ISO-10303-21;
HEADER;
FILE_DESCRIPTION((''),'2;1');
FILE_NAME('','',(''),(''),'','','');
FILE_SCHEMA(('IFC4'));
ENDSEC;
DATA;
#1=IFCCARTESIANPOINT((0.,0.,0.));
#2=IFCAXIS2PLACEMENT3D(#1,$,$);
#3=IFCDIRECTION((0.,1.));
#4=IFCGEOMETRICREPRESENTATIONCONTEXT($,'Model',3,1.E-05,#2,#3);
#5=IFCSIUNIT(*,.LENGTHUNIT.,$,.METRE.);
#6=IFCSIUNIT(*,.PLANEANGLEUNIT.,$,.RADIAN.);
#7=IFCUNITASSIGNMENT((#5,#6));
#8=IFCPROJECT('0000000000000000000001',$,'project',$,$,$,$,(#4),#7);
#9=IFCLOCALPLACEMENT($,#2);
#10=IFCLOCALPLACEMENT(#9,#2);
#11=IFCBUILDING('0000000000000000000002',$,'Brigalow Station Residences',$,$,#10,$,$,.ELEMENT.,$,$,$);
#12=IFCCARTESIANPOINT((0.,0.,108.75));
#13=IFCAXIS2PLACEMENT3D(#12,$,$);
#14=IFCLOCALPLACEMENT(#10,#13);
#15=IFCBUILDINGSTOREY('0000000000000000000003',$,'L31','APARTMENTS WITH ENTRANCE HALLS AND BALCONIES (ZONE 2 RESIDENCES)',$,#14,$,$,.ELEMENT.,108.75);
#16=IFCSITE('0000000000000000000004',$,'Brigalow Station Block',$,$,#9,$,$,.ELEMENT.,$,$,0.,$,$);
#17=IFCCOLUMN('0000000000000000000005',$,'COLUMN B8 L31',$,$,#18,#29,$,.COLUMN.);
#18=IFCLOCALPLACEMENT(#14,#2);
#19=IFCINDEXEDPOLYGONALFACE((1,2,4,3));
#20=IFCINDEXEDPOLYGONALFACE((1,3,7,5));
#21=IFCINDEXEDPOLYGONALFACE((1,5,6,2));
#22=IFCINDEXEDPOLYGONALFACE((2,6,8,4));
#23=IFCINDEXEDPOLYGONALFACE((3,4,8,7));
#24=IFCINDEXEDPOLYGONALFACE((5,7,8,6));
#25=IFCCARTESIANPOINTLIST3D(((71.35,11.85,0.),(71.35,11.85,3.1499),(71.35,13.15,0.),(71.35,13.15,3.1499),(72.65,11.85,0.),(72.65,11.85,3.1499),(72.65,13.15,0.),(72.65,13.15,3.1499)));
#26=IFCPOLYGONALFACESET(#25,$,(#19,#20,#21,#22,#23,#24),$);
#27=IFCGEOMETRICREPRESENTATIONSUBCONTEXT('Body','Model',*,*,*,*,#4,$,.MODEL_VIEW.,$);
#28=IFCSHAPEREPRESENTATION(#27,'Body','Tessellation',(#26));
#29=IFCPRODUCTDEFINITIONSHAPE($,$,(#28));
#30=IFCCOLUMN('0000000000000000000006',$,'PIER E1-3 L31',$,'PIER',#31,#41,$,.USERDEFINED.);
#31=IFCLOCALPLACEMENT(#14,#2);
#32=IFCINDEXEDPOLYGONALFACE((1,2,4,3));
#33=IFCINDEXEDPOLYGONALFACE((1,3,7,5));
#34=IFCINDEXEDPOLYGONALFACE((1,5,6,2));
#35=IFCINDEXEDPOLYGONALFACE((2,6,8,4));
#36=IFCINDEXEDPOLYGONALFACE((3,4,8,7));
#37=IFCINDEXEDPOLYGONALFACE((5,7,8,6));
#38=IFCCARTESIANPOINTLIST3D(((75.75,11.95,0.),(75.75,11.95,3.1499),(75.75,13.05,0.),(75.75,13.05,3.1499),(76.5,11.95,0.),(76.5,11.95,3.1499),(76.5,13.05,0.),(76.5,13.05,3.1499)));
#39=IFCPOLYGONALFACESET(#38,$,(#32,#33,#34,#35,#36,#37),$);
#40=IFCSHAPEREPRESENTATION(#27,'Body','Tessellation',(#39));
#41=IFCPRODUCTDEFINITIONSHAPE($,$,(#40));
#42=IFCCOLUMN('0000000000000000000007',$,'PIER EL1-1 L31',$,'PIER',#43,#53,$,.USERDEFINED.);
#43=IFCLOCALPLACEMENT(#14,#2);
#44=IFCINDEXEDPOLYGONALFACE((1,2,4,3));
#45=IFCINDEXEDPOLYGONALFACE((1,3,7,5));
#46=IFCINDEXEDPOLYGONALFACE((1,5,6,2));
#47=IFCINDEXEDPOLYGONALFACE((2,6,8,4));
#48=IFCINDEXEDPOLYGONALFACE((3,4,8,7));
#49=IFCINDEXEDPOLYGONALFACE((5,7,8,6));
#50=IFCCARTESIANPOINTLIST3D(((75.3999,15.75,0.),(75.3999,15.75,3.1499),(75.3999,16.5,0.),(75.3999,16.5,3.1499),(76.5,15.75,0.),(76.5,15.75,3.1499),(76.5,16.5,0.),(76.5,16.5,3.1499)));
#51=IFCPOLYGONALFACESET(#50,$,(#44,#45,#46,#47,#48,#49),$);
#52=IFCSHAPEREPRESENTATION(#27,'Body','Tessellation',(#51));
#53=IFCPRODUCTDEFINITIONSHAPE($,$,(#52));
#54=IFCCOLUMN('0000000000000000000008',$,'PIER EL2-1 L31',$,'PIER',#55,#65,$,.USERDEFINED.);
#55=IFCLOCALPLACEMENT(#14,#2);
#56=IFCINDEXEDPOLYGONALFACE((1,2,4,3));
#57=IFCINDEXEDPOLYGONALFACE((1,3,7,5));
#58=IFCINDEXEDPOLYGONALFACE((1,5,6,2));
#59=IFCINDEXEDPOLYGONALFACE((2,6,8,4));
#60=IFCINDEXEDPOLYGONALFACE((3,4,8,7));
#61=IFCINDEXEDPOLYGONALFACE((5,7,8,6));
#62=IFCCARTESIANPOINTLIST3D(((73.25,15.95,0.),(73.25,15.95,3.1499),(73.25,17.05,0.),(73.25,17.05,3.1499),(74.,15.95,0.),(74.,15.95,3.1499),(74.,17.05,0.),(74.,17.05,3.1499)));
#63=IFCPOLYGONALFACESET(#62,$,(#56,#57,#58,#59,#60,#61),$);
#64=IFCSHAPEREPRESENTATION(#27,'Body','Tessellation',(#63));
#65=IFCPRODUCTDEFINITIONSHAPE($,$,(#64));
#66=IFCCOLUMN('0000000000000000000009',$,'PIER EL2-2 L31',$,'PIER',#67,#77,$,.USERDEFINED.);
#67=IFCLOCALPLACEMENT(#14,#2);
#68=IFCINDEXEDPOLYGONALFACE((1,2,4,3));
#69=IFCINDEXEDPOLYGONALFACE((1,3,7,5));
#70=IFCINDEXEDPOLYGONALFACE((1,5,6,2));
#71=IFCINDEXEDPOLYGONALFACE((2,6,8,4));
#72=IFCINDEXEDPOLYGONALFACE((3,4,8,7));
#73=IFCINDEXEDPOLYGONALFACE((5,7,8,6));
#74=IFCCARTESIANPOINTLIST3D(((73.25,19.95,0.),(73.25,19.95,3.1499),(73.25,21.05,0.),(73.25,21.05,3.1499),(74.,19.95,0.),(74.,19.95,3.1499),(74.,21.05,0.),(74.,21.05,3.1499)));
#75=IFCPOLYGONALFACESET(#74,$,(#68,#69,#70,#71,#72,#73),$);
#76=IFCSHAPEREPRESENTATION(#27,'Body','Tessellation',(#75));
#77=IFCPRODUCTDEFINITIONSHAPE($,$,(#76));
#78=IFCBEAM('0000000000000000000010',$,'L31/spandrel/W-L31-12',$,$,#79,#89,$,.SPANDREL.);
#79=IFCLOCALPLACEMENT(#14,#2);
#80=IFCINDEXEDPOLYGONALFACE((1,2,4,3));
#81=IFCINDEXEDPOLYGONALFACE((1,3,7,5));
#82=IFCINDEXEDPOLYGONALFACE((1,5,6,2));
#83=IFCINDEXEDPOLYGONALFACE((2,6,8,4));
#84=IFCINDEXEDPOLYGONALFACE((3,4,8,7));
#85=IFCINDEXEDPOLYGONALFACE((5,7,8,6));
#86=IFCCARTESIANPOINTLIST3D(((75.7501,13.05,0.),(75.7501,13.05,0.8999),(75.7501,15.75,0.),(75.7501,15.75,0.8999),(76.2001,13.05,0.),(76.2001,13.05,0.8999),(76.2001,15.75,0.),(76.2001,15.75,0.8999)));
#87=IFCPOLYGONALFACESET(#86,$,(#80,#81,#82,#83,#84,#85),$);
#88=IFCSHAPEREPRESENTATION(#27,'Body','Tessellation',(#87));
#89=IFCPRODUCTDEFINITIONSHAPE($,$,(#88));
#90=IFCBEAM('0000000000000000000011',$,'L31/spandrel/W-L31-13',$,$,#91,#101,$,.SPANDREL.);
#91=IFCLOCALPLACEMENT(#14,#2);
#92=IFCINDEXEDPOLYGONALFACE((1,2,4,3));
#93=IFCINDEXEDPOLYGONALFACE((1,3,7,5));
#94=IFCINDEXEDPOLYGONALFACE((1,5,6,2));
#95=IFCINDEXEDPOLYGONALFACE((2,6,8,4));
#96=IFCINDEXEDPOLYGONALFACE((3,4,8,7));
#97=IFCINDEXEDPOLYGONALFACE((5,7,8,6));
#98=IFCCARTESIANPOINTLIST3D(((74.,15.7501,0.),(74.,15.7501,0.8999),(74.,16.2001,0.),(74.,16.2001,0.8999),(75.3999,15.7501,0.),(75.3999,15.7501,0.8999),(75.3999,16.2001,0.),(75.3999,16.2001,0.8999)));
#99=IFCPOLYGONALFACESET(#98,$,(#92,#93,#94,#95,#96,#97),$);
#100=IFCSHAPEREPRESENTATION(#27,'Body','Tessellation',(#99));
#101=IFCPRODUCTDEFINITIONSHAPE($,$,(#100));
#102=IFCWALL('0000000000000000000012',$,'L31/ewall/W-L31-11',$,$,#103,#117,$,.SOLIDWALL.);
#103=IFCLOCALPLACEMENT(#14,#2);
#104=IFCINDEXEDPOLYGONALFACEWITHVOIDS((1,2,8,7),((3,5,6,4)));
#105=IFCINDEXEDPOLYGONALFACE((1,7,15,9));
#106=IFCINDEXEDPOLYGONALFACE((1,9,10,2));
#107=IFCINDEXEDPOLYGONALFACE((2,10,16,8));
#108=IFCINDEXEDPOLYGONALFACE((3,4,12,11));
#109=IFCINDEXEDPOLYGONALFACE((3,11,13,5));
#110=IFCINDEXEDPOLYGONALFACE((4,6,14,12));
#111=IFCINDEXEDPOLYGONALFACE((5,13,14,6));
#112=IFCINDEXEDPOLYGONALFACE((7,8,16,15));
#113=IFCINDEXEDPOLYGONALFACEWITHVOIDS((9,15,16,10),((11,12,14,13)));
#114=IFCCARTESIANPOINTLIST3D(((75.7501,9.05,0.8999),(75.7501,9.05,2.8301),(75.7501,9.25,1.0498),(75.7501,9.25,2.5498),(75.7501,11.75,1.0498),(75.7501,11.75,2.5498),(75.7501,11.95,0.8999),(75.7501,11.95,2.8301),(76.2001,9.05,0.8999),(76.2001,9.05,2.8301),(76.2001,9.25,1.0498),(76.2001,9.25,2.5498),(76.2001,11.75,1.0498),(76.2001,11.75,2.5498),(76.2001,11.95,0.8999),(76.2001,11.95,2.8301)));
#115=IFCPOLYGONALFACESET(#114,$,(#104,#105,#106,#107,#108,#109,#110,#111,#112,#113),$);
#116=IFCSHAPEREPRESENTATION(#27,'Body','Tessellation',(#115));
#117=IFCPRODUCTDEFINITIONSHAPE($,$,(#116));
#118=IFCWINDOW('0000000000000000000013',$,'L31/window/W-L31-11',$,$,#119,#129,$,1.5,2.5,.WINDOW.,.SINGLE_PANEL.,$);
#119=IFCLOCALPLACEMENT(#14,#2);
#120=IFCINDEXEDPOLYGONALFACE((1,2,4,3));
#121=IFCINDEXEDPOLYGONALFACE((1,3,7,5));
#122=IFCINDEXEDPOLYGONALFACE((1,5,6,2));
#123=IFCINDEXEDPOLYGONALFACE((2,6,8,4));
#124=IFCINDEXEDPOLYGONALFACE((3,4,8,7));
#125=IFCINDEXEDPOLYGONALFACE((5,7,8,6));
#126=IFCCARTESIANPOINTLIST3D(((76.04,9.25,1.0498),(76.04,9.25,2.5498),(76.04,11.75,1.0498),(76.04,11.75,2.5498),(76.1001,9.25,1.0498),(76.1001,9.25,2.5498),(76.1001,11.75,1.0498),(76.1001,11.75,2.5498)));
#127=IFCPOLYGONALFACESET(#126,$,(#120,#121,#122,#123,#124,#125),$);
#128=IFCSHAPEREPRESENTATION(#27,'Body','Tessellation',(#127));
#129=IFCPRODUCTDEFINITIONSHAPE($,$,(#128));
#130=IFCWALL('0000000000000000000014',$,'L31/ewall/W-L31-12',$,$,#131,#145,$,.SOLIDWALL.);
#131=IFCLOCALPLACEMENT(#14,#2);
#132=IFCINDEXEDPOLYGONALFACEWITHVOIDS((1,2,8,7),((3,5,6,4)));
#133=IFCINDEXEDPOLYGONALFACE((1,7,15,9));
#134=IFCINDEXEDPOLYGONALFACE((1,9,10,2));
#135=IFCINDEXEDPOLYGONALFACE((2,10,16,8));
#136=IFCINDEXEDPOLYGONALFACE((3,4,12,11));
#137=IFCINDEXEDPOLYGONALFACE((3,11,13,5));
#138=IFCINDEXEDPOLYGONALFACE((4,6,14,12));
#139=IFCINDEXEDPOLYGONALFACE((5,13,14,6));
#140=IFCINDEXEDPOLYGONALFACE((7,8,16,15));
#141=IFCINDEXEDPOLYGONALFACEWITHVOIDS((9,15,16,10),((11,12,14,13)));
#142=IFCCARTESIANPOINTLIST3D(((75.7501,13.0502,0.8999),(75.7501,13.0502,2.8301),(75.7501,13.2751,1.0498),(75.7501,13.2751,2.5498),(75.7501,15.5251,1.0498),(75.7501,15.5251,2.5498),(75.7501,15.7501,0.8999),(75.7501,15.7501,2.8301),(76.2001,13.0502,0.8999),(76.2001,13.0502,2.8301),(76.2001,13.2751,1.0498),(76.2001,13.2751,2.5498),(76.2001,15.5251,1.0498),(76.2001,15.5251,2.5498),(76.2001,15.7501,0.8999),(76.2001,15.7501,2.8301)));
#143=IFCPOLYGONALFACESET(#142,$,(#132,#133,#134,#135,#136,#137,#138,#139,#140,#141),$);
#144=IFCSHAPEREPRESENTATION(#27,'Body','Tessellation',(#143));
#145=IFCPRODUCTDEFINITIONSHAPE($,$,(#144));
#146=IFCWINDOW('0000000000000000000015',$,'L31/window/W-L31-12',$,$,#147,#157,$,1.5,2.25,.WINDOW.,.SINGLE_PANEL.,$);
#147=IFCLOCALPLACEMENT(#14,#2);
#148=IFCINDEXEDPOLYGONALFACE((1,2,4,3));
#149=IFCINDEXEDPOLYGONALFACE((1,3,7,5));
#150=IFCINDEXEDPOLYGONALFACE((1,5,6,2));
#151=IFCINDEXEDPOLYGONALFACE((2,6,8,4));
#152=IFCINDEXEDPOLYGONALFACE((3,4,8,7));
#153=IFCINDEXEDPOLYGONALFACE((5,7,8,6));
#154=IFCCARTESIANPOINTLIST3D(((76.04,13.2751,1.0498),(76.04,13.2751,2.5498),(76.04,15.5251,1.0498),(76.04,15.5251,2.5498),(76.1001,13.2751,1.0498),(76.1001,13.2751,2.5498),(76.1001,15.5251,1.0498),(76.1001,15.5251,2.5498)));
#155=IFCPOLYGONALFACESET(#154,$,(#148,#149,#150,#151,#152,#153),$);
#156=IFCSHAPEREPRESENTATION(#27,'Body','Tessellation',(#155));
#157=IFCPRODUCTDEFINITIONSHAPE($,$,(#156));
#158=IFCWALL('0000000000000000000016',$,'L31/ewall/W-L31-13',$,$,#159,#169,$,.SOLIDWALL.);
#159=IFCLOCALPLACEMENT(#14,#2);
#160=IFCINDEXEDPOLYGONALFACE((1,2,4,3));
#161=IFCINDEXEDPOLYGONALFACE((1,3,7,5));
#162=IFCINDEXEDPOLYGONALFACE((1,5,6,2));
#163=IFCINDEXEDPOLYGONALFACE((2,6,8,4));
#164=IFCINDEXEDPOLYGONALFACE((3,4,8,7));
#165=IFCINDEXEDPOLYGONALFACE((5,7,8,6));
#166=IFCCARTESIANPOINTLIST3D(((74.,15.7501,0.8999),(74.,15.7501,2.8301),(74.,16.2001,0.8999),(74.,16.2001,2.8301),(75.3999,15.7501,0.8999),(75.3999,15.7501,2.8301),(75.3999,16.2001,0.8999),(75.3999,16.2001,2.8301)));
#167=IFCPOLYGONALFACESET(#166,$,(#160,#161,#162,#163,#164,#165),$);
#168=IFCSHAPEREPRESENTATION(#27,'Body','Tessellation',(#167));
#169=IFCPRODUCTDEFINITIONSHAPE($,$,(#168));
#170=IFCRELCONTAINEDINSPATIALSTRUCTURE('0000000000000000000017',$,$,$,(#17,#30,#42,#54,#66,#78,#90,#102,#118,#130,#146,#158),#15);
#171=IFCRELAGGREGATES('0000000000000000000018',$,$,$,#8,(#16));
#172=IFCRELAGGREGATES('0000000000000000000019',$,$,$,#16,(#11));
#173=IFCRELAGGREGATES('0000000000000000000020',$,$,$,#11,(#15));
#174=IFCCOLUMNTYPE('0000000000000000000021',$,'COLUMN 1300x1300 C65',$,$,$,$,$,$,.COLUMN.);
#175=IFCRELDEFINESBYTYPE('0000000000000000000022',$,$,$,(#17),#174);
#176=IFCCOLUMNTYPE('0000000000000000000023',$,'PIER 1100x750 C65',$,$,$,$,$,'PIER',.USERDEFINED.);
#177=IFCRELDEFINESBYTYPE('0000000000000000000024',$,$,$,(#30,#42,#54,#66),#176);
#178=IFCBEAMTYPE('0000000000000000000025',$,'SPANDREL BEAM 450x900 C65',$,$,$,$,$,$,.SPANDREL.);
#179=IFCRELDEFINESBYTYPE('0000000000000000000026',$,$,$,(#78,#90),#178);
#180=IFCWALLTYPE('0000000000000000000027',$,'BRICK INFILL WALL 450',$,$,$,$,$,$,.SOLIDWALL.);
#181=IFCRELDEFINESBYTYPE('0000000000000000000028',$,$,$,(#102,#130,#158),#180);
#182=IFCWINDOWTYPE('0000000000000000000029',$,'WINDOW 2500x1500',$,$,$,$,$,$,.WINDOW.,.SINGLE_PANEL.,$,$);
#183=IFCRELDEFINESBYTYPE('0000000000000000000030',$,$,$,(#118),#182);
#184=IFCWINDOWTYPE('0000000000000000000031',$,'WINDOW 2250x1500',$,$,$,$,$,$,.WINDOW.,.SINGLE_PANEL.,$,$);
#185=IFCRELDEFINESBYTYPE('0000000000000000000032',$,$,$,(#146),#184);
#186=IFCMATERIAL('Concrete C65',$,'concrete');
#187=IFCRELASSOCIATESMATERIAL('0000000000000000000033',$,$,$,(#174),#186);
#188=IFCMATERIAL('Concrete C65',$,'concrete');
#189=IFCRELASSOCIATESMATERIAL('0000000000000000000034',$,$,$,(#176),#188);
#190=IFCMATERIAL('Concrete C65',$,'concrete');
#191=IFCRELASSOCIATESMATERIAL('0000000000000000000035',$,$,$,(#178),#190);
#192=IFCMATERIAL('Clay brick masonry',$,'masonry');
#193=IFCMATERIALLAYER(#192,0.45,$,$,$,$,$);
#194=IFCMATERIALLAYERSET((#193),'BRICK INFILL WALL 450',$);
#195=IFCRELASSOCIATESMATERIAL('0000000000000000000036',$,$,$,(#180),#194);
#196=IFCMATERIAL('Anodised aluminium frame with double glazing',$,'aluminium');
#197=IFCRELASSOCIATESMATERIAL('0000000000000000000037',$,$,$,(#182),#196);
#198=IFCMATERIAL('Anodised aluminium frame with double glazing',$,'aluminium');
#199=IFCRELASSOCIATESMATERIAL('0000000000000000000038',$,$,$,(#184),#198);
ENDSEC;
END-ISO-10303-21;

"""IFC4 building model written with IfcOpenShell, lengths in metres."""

from ifc_helpers import new_model, si_unit, direction, frame, frame_2d, origin, origin_2d, place, context, subcontext, project, spatial, rectangle, extrude, material, layer, layer_set, material_profile, profile_set, type_object, element, fill, save


model = new_model("IFC4")

# Units and contexts
model_context = context("Model", 3, precision=1e-05, world=origin(), true_north=direction((0.0, 1.0)))
body_context = subcontext(model_context, "Body", "Model", "MODEL_VIEW")
ifc_project = project(units=[si_unit("LENGTHUNIT", "METRE"), si_unit("PLANEANGLEUNIT", "RADIAN")], contexts=[model_context])

# Site, building, storey
site_placement = place(None, origin())
site = spatial("IfcSite", under=ifc_project, at=site_placement, Name="Brigalow Station Block", CompositionType="ELEMENT", RefElevation=0.0)
building_placement = place(site_placement, origin())
building = spatial("IfcBuilding", under=site, at=building_placement, Name="Brigalow Station Residences", CompositionType="ELEMENT")
storey_placement = place(building_placement, frame((0.0, 0.0, 108.75)))
storey = spatial("IfcBuildingStorey", under=building, at=storey_placement, Name="L31", Description="APARTMENTS WITH ENTRANCE HALLS AND BALCONIES (ZONE 2 RESIDENCES)", CompositionType="ELEMENT", Elevation=108.75)

# Columns
ifc_material_1 = material(Name="Concrete C65", Category="concrete")
ifc_material_profile_1 = material_profile(ifc_material_1, rectangle(XDim=1.3, YDim=1.3, at=origin_2d()), Name="RC1300x1300")
ifc_profile_set_1 = profile_set([ifc_material_profile_1], Name="Concrete C65")
column_type_1 = type_object("IfcColumnType", Name="COLUMN 1300x1300 C65", PredefinedType="COLUMN", material=ifc_profile_set_1)
column_placement = place(storey_placement, frame((72.0, 12.5, 0.0), z_axis=(0.0, 0.0, 1.0), x_axis=(1.0, 0.0, 0.0)))
element("IfcColumn", 1, at=column_placement, inside=storey, type_object=column_type_1, Name="COLUMN B8 L31", PredefinedType="COLUMN", context=body_context, shape_type="SweptSolid", body=[
    extrude(rectangle(XDim=1.3, YDim=1.3, at=origin_2d()), origin(), (0.0, 0.0, 1.0), 3.1499),
])
ifc_material_2 = material(Name="Concrete C65", Category="concrete")
ifc_material_profile_2 = material_profile(ifc_material_2, rectangle(XDim=1.1001, YDim=0.75, at=origin_2d()), Name="RC1100x750")
ifc_profile_set_2 = profile_set([ifc_material_profile_2], Name="Concrete C65")
column_type_2 = type_object("IfcColumnType", Name="PIER 1100x750 C65", ElementType="PIER", PredefinedType="USERDEFINED", material=ifc_profile_set_2)
for number, where, z_axis, x_axis, name in (
    (2, (76.125, 12.5, 0.0), (0.0, 0.0, 1.0), (0.0, 1.0, 0.0), "PIER E1-3 L31"),
    (3, (75.95, 16.125, 0.0), (0.0, 0.0, 1.0), (-1.0, 0.0, 0.0), "PIER EL1-1 L31"),
    (4, (73.625, 16.5, 0.0), (0.0, 0.0, 1.0), (0.0, 1.0, 0.0), "PIER EL2-1 L31"),
    (5, (73.625, 20.5, 0.0), (0.0, 0.0, 1.0), (0.0, 1.0, 0.0), "PIER EL2-2 L31"),
):
    element("IfcColumn", number, at=place(storey_placement, frame(where, z_axis=z_axis, x_axis=x_axis)), inside=storey, type_object=column_type_2, Name=name, ObjectType="PIER", PredefinedType="USERDEFINED", context=body_context, shape_type="SweptSolid", body=[
        extrude(rectangle(XDim=1.1001, YDim=0.75, at=origin_2d()), origin(), (0.0, 0.0, 1.0), 3.1499),
    ])

# Beams
ifc_material_3 = material(Name="Concrete C65", Category="concrete")
ifc_material_profile_3 = material_profile(ifc_material_3, rectangle(XDim=0.45, YDim=0.8999, at=origin_2d()), Name="RC450x900")
ifc_profile_set_3 = profile_set([ifc_material_profile_3], Name="Concrete C65")
beam_type = type_object("IfcBeamType", Name="SPANDREL BEAM 450x900 C65", PredefinedType="SPANDREL", material=ifc_profile_set_3)
beam_1_placement = place(storey_placement, frame((75.9751, 13.05, 0.45), z_axis=(0.0, 1.0, 0.0), x_axis=(-1.0, 0.0, 0.0)))
element("IfcBeam", 6, at=beam_1_placement, inside=storey, type_object=beam_type, Name="L31/spandrel/W-L31-12", PredefinedType="SPANDREL", context=body_context, shape_type="SweptSolid", body=[
    extrude(rectangle(XDim=0.45, YDim=0.8999, at=origin_2d()), origin(), (0.0, 0.0, 1.0), 2.7),
])
beam_2_placement = place(storey_placement, frame((75.3999, 15.9751, 0.45), z_axis=(-1.0, 0.0, 0.0), x_axis=(0.0, -1.0, 0.0)))
element("IfcBeam", 7, at=beam_2_placement, inside=storey, type_object=beam_type, Name="L31/spandrel/W-L31-13", PredefinedType="SPANDREL", context=body_context, shape_type="SweptSolid", body=[
    extrude(rectangle(XDim=0.45, YDim=0.8999, at=origin_2d()), origin(), (0.0, 0.0, 1.0), 1.3999),
])

# Walls, openings, windows
ifc_material_4 = material(Name="Clay brick masonry", Category="masonry")
ifc_layer = layer(ifc_material_4, 0.45)
ifc_layer_set = layer_set([ifc_layer], Name="BRICK INFILL WALL 450")
wall_type = type_object("IfcWallType", Name="BRICK INFILL WALL 450", PredefinedType="SOLIDWALL", material=ifc_layer_set)
wall_1_placement = place(storey_placement, frame((75.9751, 9.05, 0.8999), z_axis=(0.0, 0.0, 1.0), x_axis=(0.0, 1.0, 0.0)))
wall_1 = element("IfcWall", 8, at=wall_1_placement, inside=storey, type_object=wall_type, Name="L31/ewall/W-L31-11", PredefinedType="SOLIDWALL", context=body_context, shape_type="SweptSolid", body=[
    extrude(rectangle(XDim=2.8999, YDim=0.45, at=frame_2d((1.45, 0.0))), origin(), (0.0, 0.0, 1.0), 1.9302),
])
opening_1_placement = place(wall_1_placement, frame((0.2, 0.0, 0.1499)))
opening_1 = element("IfcOpeningElement", 9, at=opening_1_placement, cuts=wall_1, PredefinedType="OPENING", context=body_context, shape_type="SweptSolid", body=[
    extrude(rectangle(XDim=2.5, YDim=1.5, at=frame_2d((1.25, 0.75))), frame((0.0, 0.2349, 0.0), z_axis=(0.0, -1.0, 0.0), x_axis=(1.0, 0.0, 0.0)), (0.0, 0.0, 1.0), 0.47),
])
ifc_material_5 = material(Name="Anodised aluminium frame with double glazing", Category="aluminium")
window_type_1 = type_object("IfcWindowType", Name="WINDOW 2500x1500", PartitioningType="SINGLE_PANEL", PredefinedType="WINDOW", material=ifc_material_5)
window_1_placement = place(opening_1_placement, origin())
window_1 = element("IfcWindow", 10, at=window_1_placement, inside=storey, type_object=window_type_1, Name="L31/window/W-L31-11", OverallHeight=1.5, OverallWidth=2.5, PartitioningType="SINGLE_PANEL", PredefinedType="WINDOW", context=body_context, shape_type="SweptSolid", body=[
    extrude(rectangle(XDim=2.5, YDim=1.5, at=frame_2d((1.25, 0.75))), frame((0.0, -0.0649, 0.0), z_axis=(0.0, -1.0, 0.0), x_axis=(1.0, 0.0, 0.0)), (0.0, 0.0, 1.0), 0.0601),
])
fill(opening_1, window_1)
wall_2_placement = place(storey_placement, frame((75.9751, 13.05, 0.8999), z_axis=(0.0, 0.0, 1.0), x_axis=(0.0, 1.0, 0.0)))
wall_2 = element("IfcWall", 11, at=wall_2_placement, inside=storey, type_object=wall_type, Name="L31/ewall/W-L31-12", PredefinedType="SOLIDWALL", context=body_context, shape_type="SweptSolid", body=[
    extrude(rectangle(XDim=2.7, YDim=0.45, at=frame_2d((1.3501, 0.0))), origin(), (0.0, 0.0, 1.0), 1.9302),
])
opening_2_placement = place(wall_2_placement, frame((0.2251, 0.0, 0.1499)))
opening_2 = element("IfcOpeningElement", 12, at=opening_2_placement, cuts=wall_2, PredefinedType="OPENING", context=body_context, shape_type="SweptSolid", body=[
    extrude(rectangle(XDim=2.25, YDim=1.5, at=frame_2d((1.125, 0.75))), frame((0.0, 0.2349, 0.0), z_axis=(0.0, -1.0, 0.0), x_axis=(1.0, 0.0, 0.0)), (0.0, 0.0, 1.0), 0.47),
])
ifc_material_6 = material(Name="Anodised aluminium frame with double glazing", Category="aluminium")
window_type_2 = type_object("IfcWindowType", Name="WINDOW 2250x1500", PartitioningType="SINGLE_PANEL", PredefinedType="WINDOW", material=ifc_material_6)
window_2_placement = place(opening_2_placement, origin())
window_2 = element("IfcWindow", 13, at=window_2_placement, inside=storey, type_object=window_type_2, Name="L31/window/W-L31-12", OverallHeight=1.5, OverallWidth=2.25, PartitioningType="SINGLE_PANEL", PredefinedType="WINDOW", context=body_context, shape_type="SweptSolid", body=[
    extrude(rectangle(XDim=2.25, YDim=1.5, at=frame_2d((1.125, 0.75))), frame((0.0, -0.0649, 0.0), z_axis=(0.0, -1.0, 0.0), x_axis=(1.0, 0.0, 0.0)), (0.0, 0.0, 1.0), 0.0601),
])
fill(opening_2, window_2)

# Wall
wall_3_placement = place(storey_placement, frame((75.3999, 15.9751, 0.8999), z_axis=(0.0, 0.0, 1.0), x_axis=(-1.0, 0.0, 0.0)))
element("IfcWall", 14, at=wall_3_placement, inside=storey, type_object=wall_type, Name="L31/ewall/W-L31-13", PredefinedType="SOLIDWALL", context=body_context, shape_type="SweptSolid", body=[
    extrude(rectangle(XDim=1.3999, YDim=0.45, at=frame_2d((0.7, 0.0))), origin(), (0.0, 0.0, 1.0), 1.9302),
])

save(model, "model.ifc")
